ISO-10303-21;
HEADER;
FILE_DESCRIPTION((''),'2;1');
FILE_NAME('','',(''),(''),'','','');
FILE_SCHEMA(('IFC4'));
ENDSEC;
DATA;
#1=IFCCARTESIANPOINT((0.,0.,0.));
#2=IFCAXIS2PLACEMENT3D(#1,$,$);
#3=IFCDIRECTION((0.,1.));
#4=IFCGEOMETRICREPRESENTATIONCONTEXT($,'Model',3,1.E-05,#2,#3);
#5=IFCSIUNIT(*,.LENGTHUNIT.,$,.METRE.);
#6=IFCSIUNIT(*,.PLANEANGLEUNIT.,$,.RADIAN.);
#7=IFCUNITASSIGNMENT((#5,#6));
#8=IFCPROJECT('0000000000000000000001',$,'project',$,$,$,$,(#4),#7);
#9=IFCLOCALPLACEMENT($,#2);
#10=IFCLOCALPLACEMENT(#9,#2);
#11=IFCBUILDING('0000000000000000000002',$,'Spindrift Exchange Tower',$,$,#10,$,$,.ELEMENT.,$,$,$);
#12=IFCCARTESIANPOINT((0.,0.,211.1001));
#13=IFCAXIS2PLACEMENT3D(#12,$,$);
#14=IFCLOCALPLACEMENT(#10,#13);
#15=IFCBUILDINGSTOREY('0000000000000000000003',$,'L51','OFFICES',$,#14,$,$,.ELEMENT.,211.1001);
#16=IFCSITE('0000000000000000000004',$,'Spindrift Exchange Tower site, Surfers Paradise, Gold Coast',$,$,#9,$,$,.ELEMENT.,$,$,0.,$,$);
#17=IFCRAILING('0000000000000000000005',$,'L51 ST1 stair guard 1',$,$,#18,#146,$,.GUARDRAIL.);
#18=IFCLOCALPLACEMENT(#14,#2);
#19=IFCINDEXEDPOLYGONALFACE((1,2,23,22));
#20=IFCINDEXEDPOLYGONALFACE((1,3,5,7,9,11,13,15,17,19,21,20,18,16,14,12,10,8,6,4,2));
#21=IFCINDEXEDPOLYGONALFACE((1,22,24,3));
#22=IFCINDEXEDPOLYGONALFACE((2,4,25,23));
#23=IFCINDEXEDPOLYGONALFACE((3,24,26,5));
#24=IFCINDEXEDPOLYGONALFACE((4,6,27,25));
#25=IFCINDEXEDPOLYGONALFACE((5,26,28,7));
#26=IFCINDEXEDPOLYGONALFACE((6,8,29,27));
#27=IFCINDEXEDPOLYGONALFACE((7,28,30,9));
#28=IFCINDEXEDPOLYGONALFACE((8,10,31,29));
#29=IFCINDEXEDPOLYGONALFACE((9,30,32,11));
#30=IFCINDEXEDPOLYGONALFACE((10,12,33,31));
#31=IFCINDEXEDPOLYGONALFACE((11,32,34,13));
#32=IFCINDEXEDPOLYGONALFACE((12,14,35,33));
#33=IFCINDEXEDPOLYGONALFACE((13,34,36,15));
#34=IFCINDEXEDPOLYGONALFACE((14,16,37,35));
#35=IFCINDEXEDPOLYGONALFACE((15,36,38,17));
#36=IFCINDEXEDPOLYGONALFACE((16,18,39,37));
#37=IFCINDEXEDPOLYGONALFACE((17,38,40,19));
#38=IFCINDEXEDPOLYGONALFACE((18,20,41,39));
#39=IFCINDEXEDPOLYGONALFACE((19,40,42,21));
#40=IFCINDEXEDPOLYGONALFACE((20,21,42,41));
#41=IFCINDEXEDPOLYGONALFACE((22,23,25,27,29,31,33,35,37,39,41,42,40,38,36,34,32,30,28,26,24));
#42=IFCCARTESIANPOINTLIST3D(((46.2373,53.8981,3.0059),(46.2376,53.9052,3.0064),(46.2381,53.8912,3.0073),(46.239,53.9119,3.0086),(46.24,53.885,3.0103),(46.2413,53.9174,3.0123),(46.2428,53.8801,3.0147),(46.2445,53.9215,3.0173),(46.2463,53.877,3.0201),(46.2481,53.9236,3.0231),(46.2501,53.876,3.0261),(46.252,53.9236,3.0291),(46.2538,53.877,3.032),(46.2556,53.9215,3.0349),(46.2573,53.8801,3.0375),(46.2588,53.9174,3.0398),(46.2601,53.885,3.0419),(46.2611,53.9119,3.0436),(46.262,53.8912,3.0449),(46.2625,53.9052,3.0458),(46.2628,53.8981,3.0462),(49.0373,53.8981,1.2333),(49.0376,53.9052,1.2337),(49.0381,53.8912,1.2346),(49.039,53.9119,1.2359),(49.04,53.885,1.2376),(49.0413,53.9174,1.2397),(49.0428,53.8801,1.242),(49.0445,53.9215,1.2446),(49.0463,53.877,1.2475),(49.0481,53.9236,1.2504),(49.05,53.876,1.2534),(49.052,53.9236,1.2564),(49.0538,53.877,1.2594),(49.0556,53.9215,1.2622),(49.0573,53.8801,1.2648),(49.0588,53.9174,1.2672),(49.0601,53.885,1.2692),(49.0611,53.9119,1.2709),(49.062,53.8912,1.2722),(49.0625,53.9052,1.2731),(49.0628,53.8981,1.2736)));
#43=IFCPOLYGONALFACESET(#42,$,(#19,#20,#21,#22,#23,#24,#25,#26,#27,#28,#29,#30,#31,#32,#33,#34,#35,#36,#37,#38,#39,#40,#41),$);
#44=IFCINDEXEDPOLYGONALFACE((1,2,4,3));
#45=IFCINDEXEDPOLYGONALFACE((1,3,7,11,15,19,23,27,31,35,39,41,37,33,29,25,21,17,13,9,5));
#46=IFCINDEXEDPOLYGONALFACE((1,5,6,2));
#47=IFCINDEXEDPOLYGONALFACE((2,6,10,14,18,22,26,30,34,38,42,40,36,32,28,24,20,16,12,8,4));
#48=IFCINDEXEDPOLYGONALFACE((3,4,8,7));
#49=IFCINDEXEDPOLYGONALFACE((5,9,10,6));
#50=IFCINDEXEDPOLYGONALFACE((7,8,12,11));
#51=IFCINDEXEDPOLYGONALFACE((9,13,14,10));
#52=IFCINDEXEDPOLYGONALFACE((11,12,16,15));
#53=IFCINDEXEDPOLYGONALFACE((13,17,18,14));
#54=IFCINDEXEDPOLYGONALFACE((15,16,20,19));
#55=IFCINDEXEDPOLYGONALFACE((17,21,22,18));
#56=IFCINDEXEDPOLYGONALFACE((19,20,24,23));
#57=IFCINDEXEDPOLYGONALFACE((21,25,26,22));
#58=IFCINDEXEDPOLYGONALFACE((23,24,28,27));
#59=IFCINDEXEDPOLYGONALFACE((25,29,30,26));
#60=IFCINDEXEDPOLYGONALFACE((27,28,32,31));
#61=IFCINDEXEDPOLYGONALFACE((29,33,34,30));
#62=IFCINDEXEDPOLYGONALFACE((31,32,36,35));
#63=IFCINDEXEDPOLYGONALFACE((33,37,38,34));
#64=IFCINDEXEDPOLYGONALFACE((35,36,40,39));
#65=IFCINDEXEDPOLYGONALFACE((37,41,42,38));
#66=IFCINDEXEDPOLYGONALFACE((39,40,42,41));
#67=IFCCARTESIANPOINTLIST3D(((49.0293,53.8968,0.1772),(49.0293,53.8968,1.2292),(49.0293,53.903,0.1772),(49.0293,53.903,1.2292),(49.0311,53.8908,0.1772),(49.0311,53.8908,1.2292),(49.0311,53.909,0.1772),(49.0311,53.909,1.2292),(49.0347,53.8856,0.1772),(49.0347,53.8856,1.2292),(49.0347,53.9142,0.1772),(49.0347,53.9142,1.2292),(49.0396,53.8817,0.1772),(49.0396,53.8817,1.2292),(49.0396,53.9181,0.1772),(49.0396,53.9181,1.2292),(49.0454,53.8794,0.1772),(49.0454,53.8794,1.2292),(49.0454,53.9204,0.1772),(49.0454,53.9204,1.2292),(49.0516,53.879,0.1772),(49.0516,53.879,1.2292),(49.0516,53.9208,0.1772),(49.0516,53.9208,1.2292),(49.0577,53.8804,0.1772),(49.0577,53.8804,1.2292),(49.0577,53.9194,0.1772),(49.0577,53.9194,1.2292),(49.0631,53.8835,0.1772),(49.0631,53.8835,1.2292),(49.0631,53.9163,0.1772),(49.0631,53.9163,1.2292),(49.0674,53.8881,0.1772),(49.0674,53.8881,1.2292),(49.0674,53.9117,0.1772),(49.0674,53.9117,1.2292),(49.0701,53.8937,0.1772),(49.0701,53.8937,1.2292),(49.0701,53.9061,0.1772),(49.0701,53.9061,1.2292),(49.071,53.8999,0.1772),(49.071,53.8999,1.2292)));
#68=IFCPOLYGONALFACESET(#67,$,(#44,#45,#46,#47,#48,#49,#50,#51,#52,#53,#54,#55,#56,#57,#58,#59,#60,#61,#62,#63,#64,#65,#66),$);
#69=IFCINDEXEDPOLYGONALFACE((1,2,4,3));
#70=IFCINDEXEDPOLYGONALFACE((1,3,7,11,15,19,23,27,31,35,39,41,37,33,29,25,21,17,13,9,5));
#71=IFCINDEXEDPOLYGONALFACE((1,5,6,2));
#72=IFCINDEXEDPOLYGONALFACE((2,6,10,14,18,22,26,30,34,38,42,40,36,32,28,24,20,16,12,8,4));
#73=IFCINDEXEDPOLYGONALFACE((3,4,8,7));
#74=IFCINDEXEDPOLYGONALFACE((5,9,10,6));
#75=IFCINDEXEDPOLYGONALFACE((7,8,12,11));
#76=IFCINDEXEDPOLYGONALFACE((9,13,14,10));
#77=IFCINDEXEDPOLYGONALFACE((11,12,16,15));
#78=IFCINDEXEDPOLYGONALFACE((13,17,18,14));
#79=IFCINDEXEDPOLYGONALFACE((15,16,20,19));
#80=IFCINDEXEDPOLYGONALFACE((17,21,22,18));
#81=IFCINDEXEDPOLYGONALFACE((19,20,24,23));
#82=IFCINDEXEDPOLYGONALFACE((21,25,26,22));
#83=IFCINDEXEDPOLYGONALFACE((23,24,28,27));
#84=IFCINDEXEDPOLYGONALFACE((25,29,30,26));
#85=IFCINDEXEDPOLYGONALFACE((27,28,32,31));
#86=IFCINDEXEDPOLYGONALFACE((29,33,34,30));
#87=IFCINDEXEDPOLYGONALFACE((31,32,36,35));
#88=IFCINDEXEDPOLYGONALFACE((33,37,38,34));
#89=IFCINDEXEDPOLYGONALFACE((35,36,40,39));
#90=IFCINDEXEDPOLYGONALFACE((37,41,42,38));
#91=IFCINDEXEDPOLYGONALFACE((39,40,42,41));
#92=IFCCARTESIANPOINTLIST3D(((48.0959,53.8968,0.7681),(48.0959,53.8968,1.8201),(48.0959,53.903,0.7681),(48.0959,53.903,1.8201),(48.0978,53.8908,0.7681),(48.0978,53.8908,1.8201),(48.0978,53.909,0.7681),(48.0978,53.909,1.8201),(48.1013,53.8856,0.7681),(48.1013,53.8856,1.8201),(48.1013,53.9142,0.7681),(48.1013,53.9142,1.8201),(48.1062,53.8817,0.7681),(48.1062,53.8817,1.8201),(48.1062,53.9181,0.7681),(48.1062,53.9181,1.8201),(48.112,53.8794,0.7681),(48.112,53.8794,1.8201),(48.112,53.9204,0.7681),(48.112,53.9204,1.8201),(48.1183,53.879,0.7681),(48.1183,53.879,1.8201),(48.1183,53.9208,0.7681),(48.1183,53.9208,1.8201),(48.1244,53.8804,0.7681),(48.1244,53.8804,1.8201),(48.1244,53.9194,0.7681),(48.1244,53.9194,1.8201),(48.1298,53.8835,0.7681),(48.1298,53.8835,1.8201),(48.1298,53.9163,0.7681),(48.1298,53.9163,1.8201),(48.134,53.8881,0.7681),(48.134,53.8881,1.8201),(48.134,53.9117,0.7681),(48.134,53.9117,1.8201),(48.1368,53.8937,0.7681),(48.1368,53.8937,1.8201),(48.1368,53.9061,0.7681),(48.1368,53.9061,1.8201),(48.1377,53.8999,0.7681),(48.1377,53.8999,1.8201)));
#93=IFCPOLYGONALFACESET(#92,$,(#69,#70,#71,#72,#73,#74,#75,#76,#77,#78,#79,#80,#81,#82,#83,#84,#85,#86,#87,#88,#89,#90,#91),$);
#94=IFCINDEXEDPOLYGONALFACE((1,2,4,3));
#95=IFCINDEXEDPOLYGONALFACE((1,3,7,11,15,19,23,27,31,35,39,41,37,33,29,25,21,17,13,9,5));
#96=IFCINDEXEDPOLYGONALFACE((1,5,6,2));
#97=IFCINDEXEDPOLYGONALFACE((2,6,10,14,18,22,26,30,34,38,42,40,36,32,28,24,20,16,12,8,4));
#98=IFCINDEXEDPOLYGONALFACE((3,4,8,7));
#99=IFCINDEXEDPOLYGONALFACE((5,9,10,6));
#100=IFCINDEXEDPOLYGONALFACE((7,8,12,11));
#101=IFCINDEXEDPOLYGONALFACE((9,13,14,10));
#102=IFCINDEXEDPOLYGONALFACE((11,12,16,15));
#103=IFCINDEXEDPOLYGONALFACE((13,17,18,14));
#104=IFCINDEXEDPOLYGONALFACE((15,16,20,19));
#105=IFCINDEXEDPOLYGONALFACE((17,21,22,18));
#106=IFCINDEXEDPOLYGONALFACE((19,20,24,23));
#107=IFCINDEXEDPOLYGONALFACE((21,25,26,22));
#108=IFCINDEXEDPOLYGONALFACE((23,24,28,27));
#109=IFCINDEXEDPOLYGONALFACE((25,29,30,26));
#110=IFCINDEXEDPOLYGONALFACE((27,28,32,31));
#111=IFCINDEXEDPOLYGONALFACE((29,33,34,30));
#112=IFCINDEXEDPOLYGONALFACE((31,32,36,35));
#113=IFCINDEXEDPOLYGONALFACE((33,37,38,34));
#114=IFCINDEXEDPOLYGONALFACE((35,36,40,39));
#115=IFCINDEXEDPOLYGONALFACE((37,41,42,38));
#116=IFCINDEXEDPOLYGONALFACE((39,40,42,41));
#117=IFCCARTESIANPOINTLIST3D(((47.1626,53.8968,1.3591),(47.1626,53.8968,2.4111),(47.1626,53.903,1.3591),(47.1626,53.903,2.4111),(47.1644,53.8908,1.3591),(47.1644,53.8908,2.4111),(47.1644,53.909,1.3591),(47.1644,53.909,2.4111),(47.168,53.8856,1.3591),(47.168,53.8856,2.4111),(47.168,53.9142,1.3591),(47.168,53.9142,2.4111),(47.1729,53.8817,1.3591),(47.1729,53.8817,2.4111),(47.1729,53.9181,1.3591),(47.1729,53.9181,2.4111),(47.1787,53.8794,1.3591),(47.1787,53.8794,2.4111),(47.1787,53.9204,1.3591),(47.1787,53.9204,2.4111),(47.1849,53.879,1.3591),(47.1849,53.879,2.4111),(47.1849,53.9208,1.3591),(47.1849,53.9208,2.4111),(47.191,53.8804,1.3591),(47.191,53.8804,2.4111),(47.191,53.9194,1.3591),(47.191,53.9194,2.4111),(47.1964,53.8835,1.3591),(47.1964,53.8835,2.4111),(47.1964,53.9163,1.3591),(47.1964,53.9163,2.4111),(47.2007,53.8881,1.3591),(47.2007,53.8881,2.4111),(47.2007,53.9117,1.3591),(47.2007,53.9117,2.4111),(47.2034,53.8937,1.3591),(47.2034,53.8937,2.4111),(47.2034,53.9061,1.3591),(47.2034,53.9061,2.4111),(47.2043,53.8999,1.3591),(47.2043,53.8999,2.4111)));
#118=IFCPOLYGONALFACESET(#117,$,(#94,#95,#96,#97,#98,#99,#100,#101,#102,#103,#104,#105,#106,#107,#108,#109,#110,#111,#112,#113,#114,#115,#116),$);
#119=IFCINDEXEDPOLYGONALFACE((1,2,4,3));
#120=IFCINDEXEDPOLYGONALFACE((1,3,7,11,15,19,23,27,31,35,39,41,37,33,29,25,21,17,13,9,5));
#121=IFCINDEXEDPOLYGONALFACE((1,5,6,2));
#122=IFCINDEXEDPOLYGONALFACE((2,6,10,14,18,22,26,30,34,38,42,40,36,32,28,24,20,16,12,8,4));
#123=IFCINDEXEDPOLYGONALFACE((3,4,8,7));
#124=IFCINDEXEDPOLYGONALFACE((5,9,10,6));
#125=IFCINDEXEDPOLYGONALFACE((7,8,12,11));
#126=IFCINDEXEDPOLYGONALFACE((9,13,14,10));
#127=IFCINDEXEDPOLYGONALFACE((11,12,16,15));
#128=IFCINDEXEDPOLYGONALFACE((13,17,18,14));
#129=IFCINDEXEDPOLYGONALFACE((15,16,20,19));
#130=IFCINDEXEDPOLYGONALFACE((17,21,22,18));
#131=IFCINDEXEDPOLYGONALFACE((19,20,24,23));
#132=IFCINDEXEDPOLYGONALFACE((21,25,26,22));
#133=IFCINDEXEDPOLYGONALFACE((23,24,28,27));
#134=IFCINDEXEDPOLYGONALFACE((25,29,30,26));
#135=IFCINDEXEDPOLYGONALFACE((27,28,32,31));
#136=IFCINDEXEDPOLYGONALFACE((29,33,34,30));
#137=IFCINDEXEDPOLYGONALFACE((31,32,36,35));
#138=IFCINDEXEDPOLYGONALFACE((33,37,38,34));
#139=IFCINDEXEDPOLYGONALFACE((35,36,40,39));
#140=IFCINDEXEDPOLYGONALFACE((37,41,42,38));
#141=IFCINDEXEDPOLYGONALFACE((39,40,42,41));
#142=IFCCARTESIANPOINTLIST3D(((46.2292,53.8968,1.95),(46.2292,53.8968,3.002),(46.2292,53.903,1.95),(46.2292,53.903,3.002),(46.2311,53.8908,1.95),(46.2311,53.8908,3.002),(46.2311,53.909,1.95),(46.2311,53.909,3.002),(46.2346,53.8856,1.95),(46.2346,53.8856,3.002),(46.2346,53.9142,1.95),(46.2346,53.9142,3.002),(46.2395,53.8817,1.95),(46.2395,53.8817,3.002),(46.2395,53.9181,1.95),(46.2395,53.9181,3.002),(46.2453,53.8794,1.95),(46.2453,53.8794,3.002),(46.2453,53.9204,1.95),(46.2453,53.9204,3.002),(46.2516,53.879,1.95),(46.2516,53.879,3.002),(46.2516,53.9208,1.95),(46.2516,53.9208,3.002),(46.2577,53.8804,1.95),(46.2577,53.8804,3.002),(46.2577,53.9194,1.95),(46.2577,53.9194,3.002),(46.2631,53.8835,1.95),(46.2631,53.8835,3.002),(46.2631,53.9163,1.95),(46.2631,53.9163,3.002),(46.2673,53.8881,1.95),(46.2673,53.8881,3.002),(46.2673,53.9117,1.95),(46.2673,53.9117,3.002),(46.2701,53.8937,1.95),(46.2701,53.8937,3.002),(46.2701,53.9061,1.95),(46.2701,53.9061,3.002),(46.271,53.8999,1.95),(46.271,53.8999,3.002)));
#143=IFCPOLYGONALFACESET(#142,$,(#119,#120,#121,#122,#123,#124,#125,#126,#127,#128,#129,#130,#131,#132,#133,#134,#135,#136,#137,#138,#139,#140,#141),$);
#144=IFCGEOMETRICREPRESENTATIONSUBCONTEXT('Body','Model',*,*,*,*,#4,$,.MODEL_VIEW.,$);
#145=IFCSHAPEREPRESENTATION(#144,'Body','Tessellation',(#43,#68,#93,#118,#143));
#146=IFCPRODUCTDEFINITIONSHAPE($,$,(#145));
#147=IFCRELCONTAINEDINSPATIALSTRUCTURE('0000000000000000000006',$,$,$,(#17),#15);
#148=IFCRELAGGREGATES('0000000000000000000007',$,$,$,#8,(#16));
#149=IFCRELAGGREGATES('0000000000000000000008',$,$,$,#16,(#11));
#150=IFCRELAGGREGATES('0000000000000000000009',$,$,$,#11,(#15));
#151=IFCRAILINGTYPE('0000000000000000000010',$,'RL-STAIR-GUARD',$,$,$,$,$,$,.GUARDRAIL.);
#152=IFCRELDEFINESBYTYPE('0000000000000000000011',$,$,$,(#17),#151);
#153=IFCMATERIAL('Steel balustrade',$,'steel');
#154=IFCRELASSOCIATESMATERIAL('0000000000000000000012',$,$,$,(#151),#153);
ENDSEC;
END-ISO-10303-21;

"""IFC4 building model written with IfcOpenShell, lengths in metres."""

from ifc_helpers import new_model, si_unit, direction, frame, origin, origin_2d, place, context, subcontext, project, spatial, circle, extrude, material, type_object, element, save


model = new_model("IFC4")

# Units and contexts
model_context = context("Model", 3, precision=1e-05, world=origin(), true_north=direction((0.0, 1.0)))
body_context = subcontext(model_context, "Body", "Model", "MODEL_VIEW")
ifc_project = project(units=[si_unit("LENGTHUNIT", "METRE"), si_unit("PLANEANGLEUNIT", "RADIAN")], contexts=[model_context])

# Site, building, storey
site_placement = place(None, origin())
site = spatial("IfcSite", under=ifc_project, at=site_placement, Name="Spindrift Exchange Tower site, Surfers Paradise, Gold Coast", CompositionType="ELEMENT", RefElevation=0.0)
building_placement = place(site_placement, origin())
building = spatial("IfcBuilding", under=site, at=building_placement, Name="Spindrift Exchange Tower", CompositionType="ELEMENT")
storey_placement = place(building_placement, frame((0.0, 0.0, 211.1001)))
storey = spatial("IfcBuildingStorey", under=building, at=storey_placement, Name="L51", Description="OFFICES", CompositionType="ELEMENT", Elevation=211.1001)

# Railing
ifc_material_1 = material(Name="Steel balustrade", Category="steel")
railing_type_1 = type_object("IfcRailingType", Name="RL-STAIR-GUARD", PredefinedType="GUARDRAIL", material=ifc_material_1)
railing_1_placement = place(storey_placement, frame((49.05, 53.8999, 0.1772)))
element("IfcRailing", 1, at=railing_1_placement, inside=storey, type_object=railing_type_1, Name="L51 ST1 stair guard 1", PredefinedType="GUARDRAIL", context=body_context, shape_type="SweptSolid", body=[
    extrude(circle(Radius=0.0239, at=origin_2d()), frame((0.0, 0.0, 1.0762), z_axis=(-0.844909, 0.0, 0.53491), x_axis=(0.0, -1.0, 0.0)), (0.0, 0.0, 1.0), 3.314),
    extrude(circle(Radius=0.021, at=origin_2d()), origin(), (0.0, 0.0, 1.0), 1.052),
    extrude(circle(Radius=0.021, at=origin_2d()), frame((-0.9333, 0.0, 0.5908)), (0.0, 0.0, 1.0), 1.052),
    extrude(circle(Radius=0.021, at=origin_2d()), frame((-1.8667, 0.0, 1.1819)), (0.0, 0.0, 1.0), 1.052),
    extrude(circle(Radius=0.021, at=origin_2d()), frame((-2.8, 0.0, 1.7727)), (0.0, 0.0, 1.0), 1.052),
])

save(model, "model.ifc")
